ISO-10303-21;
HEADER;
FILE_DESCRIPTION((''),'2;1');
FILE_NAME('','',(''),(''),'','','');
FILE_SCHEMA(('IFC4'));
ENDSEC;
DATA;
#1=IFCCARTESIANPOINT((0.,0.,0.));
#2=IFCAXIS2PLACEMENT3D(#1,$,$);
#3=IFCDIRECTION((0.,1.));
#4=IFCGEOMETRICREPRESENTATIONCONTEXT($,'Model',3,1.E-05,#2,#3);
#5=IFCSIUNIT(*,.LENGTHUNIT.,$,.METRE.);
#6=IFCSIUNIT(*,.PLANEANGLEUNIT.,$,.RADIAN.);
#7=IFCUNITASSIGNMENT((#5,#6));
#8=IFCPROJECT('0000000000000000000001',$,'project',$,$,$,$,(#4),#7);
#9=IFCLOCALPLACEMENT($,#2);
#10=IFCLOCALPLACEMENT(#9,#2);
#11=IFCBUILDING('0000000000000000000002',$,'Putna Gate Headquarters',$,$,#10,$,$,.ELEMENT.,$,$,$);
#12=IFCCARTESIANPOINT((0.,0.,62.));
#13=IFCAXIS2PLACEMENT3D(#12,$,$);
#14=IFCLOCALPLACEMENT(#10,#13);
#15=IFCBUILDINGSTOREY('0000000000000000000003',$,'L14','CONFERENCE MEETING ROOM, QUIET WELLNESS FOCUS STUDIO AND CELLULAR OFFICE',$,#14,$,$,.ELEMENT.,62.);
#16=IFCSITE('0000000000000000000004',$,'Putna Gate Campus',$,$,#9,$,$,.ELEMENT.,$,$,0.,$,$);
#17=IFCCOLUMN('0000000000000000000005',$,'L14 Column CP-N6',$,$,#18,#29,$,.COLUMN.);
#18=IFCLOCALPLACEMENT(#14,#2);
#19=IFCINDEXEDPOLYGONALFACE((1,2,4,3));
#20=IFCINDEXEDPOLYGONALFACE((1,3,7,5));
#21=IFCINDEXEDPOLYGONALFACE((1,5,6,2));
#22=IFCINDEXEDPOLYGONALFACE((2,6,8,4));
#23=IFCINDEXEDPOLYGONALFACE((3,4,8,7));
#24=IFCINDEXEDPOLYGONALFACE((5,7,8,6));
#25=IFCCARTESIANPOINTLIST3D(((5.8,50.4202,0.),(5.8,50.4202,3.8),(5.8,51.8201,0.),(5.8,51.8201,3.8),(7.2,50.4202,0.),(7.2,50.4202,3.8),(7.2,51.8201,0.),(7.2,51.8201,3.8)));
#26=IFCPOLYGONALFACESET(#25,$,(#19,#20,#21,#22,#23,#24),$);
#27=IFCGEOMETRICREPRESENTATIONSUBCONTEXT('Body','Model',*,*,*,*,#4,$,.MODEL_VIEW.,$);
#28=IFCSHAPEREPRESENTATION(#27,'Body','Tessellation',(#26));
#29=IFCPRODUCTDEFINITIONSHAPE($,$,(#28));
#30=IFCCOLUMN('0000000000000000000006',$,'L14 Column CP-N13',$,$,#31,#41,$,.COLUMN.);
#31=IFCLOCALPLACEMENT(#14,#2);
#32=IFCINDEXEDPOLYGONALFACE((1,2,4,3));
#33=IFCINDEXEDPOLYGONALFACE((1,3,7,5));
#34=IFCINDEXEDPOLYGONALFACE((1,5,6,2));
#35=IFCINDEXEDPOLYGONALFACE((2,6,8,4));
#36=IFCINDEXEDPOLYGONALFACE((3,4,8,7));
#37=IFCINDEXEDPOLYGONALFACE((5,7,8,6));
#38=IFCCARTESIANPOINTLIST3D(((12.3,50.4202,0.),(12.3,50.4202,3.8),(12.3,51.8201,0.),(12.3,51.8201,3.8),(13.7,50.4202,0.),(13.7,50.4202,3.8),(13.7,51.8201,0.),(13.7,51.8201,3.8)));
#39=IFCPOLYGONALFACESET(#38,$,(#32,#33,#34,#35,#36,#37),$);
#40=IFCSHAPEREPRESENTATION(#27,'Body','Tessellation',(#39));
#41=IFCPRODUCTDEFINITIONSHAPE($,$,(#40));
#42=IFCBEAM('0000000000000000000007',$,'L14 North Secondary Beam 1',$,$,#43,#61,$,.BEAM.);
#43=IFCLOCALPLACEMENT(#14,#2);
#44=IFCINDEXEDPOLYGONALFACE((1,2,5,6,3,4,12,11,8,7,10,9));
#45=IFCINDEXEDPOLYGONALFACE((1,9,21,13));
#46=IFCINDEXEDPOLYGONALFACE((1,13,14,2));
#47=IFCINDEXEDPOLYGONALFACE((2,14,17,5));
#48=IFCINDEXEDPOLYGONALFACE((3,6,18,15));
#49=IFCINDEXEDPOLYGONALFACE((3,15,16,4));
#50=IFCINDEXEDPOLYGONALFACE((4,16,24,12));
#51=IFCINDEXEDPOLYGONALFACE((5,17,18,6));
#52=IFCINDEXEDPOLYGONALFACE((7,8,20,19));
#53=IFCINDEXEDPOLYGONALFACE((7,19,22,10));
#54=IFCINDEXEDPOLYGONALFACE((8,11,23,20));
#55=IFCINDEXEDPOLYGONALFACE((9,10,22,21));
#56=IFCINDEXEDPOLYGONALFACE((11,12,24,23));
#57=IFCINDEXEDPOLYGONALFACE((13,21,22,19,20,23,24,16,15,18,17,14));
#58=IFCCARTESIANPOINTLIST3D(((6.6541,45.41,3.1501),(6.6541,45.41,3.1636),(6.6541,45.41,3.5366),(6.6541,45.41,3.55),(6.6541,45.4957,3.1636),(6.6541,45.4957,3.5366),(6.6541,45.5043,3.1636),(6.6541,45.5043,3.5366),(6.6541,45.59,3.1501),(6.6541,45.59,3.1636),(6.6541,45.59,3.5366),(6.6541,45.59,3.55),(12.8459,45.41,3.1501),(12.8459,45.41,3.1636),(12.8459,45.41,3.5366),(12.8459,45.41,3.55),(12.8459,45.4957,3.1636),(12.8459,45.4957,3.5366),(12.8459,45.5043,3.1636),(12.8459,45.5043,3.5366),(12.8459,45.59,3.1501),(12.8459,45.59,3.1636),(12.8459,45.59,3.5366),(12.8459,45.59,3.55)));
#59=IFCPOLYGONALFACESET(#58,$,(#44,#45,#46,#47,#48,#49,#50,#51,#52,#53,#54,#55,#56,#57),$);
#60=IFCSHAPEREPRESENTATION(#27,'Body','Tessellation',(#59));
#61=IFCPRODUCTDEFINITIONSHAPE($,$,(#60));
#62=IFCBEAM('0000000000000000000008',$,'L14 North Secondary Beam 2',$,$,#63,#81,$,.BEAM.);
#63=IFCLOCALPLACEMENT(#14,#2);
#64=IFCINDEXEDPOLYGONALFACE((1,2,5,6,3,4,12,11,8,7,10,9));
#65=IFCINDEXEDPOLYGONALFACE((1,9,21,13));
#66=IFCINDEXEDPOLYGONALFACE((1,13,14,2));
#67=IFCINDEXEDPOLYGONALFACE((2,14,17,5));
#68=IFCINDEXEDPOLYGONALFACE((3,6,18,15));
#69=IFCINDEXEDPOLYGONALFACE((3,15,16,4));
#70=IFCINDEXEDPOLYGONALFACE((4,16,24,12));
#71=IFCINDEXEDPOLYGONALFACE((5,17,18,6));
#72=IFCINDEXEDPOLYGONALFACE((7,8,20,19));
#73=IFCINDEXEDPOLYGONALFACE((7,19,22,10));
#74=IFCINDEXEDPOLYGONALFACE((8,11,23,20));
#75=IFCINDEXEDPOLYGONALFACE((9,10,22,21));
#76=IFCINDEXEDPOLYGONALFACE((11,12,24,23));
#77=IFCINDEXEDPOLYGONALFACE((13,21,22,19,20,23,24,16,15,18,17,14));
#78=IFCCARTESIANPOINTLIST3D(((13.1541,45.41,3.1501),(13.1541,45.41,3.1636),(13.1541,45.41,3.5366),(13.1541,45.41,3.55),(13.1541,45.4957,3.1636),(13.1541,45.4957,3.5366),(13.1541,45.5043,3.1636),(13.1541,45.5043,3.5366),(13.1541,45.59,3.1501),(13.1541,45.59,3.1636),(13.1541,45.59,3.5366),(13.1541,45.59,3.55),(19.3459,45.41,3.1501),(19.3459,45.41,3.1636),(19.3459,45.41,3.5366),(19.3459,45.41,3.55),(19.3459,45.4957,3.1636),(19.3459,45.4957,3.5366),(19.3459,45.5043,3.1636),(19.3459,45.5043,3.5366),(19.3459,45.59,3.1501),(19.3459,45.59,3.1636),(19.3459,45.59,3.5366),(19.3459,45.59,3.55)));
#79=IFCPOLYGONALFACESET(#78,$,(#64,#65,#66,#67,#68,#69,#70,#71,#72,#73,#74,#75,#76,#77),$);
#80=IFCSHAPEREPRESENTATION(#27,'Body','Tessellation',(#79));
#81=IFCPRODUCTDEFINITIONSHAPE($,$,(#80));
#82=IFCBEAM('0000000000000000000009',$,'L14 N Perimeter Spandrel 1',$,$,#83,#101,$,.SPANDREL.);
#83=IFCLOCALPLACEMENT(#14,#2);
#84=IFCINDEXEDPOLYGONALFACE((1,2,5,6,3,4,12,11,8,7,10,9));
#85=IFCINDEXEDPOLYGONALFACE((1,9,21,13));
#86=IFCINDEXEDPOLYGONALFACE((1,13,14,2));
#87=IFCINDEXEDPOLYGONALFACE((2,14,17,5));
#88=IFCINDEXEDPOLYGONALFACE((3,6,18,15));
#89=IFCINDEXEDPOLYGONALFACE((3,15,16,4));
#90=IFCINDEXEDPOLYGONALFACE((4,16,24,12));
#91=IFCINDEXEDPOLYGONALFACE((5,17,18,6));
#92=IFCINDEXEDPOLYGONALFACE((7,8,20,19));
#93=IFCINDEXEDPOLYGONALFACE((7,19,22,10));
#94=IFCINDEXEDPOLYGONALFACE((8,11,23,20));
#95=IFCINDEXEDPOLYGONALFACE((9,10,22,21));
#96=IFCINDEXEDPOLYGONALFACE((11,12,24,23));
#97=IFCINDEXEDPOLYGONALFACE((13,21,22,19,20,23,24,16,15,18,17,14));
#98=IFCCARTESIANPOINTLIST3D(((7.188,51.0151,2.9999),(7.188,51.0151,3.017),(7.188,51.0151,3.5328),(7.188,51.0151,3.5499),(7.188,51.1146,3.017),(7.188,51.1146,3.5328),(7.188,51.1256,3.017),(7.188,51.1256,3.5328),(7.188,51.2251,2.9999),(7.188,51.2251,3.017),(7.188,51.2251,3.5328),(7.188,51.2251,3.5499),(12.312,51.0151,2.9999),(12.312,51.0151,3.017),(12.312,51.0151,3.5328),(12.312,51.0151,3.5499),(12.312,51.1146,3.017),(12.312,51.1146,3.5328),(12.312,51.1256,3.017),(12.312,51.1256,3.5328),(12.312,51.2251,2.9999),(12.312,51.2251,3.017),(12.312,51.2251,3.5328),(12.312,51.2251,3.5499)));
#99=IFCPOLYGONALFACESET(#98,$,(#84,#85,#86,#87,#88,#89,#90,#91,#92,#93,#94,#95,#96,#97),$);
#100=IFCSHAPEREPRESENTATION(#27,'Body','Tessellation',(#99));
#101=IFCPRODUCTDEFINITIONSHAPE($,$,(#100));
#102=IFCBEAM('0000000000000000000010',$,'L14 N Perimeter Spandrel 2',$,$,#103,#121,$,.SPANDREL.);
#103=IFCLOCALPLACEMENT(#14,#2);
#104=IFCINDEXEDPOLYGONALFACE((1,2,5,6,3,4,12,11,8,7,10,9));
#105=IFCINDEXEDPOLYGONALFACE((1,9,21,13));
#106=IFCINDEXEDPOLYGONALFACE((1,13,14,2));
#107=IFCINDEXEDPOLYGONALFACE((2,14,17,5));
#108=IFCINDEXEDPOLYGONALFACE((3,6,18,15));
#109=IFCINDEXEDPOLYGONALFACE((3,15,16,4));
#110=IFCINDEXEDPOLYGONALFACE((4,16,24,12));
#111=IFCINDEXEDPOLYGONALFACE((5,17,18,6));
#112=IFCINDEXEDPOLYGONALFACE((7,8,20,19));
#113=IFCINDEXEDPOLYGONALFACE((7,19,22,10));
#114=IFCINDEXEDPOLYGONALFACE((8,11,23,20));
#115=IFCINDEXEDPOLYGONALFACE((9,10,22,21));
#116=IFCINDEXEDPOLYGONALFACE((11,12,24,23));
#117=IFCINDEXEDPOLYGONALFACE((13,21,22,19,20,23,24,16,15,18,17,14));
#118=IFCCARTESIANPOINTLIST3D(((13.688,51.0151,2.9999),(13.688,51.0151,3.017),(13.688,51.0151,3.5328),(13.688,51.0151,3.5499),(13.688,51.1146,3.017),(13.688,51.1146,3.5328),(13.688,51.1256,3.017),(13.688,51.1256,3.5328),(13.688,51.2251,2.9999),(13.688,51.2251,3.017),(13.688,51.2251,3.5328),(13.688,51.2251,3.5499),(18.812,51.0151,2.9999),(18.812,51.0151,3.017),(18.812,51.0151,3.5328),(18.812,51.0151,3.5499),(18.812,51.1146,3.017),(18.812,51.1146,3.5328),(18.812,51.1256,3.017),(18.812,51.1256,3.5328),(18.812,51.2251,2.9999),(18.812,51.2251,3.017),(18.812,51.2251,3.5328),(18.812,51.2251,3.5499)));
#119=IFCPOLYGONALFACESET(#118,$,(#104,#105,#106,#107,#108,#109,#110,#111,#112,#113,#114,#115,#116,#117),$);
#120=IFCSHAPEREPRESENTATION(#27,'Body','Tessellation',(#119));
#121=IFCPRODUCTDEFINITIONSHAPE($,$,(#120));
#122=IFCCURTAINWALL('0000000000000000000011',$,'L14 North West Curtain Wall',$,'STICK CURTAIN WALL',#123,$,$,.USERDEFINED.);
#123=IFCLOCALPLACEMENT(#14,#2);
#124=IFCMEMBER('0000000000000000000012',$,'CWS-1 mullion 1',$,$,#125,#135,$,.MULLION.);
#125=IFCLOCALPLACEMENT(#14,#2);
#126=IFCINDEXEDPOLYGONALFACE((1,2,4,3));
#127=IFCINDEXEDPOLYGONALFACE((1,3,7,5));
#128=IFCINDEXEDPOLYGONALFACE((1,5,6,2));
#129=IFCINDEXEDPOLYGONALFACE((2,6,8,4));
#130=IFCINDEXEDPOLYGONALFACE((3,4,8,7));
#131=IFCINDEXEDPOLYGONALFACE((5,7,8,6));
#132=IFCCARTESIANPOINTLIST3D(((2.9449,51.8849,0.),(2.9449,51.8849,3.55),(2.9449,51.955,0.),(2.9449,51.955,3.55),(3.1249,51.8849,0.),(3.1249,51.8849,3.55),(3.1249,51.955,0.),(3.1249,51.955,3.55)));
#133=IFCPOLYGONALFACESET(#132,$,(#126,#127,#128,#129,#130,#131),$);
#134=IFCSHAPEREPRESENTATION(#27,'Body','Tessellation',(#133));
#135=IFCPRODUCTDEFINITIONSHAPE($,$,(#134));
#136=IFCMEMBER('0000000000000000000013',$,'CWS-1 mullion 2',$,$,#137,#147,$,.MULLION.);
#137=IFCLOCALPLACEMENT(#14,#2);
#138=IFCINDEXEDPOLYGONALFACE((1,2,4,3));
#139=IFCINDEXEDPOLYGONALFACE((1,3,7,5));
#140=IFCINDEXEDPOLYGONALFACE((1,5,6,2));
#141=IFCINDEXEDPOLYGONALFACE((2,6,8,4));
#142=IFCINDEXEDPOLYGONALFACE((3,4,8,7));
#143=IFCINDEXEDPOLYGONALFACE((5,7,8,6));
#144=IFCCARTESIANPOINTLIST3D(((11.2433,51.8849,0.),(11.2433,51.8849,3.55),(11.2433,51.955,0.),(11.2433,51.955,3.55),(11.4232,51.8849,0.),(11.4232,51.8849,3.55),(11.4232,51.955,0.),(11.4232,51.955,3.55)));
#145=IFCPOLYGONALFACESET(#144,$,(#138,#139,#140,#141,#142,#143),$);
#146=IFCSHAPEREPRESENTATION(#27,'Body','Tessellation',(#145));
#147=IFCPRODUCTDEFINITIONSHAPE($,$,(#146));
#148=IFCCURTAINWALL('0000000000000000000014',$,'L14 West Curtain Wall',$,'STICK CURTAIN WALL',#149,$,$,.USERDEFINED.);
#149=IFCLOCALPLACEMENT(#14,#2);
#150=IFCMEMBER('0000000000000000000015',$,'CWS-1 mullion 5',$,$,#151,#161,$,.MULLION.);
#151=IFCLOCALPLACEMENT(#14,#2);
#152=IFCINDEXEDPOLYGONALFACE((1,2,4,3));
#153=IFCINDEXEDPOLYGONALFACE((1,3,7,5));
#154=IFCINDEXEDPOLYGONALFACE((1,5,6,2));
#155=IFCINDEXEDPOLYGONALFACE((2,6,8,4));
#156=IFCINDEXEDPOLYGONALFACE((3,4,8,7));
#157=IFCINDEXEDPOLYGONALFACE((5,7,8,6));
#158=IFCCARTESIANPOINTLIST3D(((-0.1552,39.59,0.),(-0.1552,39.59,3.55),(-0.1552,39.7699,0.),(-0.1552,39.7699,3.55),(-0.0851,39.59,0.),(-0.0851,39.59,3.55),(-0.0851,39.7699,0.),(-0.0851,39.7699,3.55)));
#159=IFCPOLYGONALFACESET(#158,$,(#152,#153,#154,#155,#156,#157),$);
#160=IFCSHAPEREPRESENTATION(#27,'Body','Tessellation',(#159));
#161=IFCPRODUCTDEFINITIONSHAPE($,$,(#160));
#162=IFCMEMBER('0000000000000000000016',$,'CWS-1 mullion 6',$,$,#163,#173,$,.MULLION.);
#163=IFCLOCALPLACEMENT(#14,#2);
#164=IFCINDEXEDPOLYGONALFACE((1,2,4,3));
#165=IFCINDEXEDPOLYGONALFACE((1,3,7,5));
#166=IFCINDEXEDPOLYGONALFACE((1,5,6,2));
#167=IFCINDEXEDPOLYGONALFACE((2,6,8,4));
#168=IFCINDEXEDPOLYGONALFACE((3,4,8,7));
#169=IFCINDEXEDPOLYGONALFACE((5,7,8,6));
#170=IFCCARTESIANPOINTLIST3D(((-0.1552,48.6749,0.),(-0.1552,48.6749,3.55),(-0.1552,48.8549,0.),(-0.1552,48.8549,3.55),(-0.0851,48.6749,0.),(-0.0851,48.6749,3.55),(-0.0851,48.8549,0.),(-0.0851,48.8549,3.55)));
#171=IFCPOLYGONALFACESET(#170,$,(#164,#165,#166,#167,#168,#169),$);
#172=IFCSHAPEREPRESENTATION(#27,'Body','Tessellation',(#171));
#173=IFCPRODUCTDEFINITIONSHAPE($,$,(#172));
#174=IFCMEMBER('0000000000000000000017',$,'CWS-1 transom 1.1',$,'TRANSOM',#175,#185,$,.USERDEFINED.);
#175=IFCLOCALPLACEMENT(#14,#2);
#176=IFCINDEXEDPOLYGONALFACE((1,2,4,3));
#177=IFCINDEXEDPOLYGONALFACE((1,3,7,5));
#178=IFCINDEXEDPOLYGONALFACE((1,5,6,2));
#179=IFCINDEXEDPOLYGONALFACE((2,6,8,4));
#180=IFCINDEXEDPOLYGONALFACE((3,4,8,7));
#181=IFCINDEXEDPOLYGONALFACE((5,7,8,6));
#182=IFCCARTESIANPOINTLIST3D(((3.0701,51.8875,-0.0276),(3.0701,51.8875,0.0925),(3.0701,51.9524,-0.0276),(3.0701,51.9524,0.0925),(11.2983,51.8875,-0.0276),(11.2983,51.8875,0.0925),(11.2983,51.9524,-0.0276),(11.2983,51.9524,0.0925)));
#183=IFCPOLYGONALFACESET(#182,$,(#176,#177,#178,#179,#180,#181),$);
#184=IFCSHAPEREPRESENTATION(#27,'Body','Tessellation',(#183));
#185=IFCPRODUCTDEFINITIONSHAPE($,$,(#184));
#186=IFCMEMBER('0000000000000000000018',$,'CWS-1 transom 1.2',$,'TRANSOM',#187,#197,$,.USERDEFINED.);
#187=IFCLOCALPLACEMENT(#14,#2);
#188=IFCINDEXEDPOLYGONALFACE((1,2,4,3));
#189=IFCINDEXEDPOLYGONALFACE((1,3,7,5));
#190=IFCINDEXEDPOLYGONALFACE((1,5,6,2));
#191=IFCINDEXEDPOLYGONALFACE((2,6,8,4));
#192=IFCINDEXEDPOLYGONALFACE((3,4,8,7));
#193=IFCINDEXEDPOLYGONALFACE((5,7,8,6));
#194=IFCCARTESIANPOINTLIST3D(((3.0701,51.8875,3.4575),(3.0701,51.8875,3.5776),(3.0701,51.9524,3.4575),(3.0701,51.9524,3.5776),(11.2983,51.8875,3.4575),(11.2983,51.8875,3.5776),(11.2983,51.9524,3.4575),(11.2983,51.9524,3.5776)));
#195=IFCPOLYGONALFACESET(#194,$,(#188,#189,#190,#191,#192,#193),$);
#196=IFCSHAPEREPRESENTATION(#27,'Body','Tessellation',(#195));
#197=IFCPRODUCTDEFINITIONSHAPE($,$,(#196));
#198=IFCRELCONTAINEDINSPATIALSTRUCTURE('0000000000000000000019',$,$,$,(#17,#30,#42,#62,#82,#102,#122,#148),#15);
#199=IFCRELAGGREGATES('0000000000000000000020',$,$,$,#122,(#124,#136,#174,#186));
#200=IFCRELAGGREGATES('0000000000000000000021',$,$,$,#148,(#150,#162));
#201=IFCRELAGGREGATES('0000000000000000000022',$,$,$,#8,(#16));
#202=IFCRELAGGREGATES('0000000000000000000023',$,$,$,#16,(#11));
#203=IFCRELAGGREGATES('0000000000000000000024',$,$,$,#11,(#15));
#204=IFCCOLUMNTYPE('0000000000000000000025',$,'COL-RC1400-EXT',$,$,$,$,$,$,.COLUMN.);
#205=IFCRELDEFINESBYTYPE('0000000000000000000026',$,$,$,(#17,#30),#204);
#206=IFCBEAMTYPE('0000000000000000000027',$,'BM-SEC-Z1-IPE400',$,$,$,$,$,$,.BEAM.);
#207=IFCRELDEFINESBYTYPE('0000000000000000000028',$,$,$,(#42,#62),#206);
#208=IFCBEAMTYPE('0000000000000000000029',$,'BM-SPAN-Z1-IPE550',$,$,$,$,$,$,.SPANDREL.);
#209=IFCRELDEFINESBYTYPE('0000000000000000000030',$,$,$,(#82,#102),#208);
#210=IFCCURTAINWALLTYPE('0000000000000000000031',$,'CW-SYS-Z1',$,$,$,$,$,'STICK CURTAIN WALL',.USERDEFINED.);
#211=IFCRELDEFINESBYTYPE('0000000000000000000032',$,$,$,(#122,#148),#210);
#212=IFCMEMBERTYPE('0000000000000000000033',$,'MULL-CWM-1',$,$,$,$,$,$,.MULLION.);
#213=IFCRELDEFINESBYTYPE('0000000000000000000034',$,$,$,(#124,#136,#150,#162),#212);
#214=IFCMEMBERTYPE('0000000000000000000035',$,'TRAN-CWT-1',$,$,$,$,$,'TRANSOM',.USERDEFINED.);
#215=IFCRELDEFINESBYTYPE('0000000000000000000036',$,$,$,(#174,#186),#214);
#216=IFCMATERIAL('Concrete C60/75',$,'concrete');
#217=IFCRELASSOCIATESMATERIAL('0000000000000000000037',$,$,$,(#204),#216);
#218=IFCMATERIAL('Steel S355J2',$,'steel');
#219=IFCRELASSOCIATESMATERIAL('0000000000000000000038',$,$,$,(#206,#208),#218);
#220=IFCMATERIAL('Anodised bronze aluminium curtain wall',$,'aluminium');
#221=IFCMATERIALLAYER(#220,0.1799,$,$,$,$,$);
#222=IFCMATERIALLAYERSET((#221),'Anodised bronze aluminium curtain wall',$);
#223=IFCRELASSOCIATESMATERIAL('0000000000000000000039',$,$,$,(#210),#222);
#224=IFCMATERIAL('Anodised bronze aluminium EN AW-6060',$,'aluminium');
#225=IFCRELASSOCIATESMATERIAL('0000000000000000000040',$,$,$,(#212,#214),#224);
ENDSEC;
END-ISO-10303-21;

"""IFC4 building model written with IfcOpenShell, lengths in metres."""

from ifc_helpers import new_model, si_unit, direction, frame, origin, origin_2d, place, context, subcontext, project, spatial, rectangle, i_section, extrude, material, layer, layer_set, material_profile, profile_set, type_object, element, aggregate, save


model = new_model("IFC4")

# Units and contexts
model_context = context("Model", 3, precision=1e-05, world=origin(), true_north=direction((0.0, 1.0)))
body_context = subcontext(model_context, "Body", "Model", "MODEL_VIEW")
ifc_project = project(units=[si_unit("LENGTHUNIT", "METRE"), si_unit("PLANEANGLEUNIT", "RADIAN")], contexts=[model_context])

# Site, building, storey
site_placement = place(None, origin())
site = spatial("IfcSite", under=ifc_project, at=site_placement, Name="Putna Gate Campus", CompositionType="ELEMENT", RefElevation=0.0)
building_placement = place(site_placement, origin())
building = spatial("IfcBuilding", under=site, at=building_placement, Name="Putna Gate Headquarters", CompositionType="ELEMENT")
storey_placement = place(building_placement, frame((0.0, 0.0, 62.0)))
storey = spatial("IfcBuildingStorey", under=building, at=storey_placement, Name="L14", Description="CONFERENCE MEETING ROOM, QUIET WELLNESS FOCUS STUDIO AND CELLULAR OFFICE", CompositionType="ELEMENT", Elevation=62.0)

# Columns
ifc_material_1 = material(Name="Concrete C60/75", Category="concrete")
ifc_material_profile_1 = material_profile(ifc_material_1, rectangle(XDim=1.3999, YDim=1.3999, at=origin_2d()), Name="Concrete C60/75")
ifc_profile_set_1 = profile_set([ifc_material_profile_1], Name="Concrete C60/75")
column_type = type_object("IfcColumnType", Name="COL-RC1400-EXT", PredefinedType="COLUMN", material=ifc_profile_set_1)
for number, where, z_axis, x_axis, name in (
    (1, (6.5, 51.1201, 0.0), (0.0, 0.0, 1.0), (1.0, 0.0, 0.0), "L14 Column CP-N6"),
    (2, (13.0, 51.1201, 0.0), (0.0, 0.0, 1.0), (1.0, 0.0, 0.0), "L14 Column CP-N13"),
):
    element("IfcColumn", number, at=place(storey_placement, frame(where, z_axis=z_axis, x_axis=x_axis)), inside=storey, type_object=column_type, Name=name, PredefinedType="COLUMN", context=body_context, shape_type="SweptSolid", body=[
        extrude(rectangle(XDim=1.3999, YDim=1.3999, at=origin_2d()), origin(), (0.0, 0.0, 1.0), 3.8),
    ])

# Beams
ifc_material_2 = material(Name="Steel S355J2", Category="steel")
ifc_material_profile_2 = material_profile(ifc_material_2, i_section(OverallWidth=0.1799, OverallDepth=0.3999, WebThickness=0.0085, FlangeThickness=0.0134, at=origin_2d()), Name="Steel S355J2")
ifc_profile_set_2 = profile_set([ifc_material_profile_2], Name="Steel S355J2")
beam_type_1 = type_object("IfcBeamType", Name="BM-SEC-Z1-IPE400", PredefinedType="BEAM", material=ifc_profile_set_2)
for number, where, z_axis, x_axis, name in (
    (3, (6.6541, 45.5, 3.3501), (1.0, 0.0, 0.0), (0.0, 1.0, 0.0), "L14 North Secondary Beam 1"),
    (4, (13.1541, 45.5, 3.3501), (1.0, 0.0, 0.0), (0.0, 1.0, 0.0), "L14 North Secondary Beam 2"),
):
    element("IfcBeam", number, at=place(storey_placement, frame(where, z_axis=z_axis, x_axis=x_axis)), inside=storey, type_object=beam_type_1, Name=name, PredefinedType="BEAM", context=body_context, shape_type="SweptSolid", body=[
        extrude(i_section(OverallWidth=0.1799, OverallDepth=0.3999, WebThickness=0.0085, FlangeThickness=0.0134, at=origin_2d()), origin(), (0.0, 0.0, 1.0), 6.1919),
    ])
ifc_material_profile_3 = material_profile(ifc_material_2, i_section(OverallWidth=0.21, OverallDepth=0.55, WebThickness=0.011, FlangeThickness=0.0171, at=origin_2d()), Name="Steel S355J2")
ifc_profile_set_3 = profile_set([ifc_material_profile_3], Name="Steel S355J2")
beam_type_2 = type_object("IfcBeamType", Name="BM-SPAN-Z1-IPE550", PredefinedType="SPANDREL", material=ifc_profile_set_3)
for number, where, z_axis, x_axis, name in (
    (5, (7.188, 51.1201, 3.2749), (1.0, 0.0, 0.0), (0.0, 1.0, 0.0), "L14 N Perimeter Spandrel 1"),
    (6, (13.688, 51.1201, 3.2749), (1.0, 0.0, 0.0), (0.0, 1.0, 0.0), "L14 N Perimeter Spandrel 2"),
):
    element("IfcBeam", number, at=place(storey_placement, frame(where, z_axis=z_axis, x_axis=x_axis)), inside=storey, type_object=beam_type_2, Name=name, PredefinedType="SPANDREL", context=body_context, shape_type="SweptSolid", body=[
        extrude(i_section(OverallWidth=0.21, OverallDepth=0.55, WebThickness=0.011, FlangeThickness=0.0171, at=origin_2d()), origin(), (0.0, 0.0, 1.0), 5.124),
    ])

# Curtain walls, members
ifc_material_3 = material(Name="Anodised bronze aluminium curtain wall", Category="aluminium")
ifc_layer_1 = layer(ifc_material_3, 0.1799)
ifc_layer_set_1 = layer_set([ifc_layer_1], Name="Anodised bronze aluminium curtain wall")
curtain_wall_type = type_object("IfcCurtainWallType", Name="CW-SYS-Z1", ElementType="STICK CURTAIN WALL", PredefinedType="USERDEFINED", material=ifc_layer_set_1)
curtain_wall_1_placement = place(storey_placement, origin())
curtain_wall_1 = element("IfcCurtainWall", 7, at=curtain_wall_1_placement, inside=storey, type_object=curtain_wall_type, Name="L14 North West Curtain Wall", ObjectType="STICK CURTAIN WALL", PredefinedType="USERDEFINED")
ifc_material_4 = material(Name="Anodised bronze aluminium EN AW-6060", Category="aluminium")
ifc_material_profile_4 = material_profile(ifc_material_4, rectangle(XDim=0.0701, YDim=0.1799, at=origin_2d()), Name="Anodised bronze aluminium EN AW-6060")
ifc_profile_set_4 = profile_set([ifc_material_profile_4], Name="Anodised bronze aluminium EN AW-6060")
member_type_1 = type_object("IfcMemberType", Name="MULL-CWM-1", PredefinedType="MULLION", material=ifc_profile_set_4)
member_1_placement = place(storey_placement, frame((3.0349, 51.9199, 0.0), z_axis=(0.0, 0.0, 1.0), x_axis=(0.0, 1.0, 0.0)))
member_1 = element("IfcMember", 8, at=member_1_placement, type_object=member_type_1, Name="CWS-1 mullion 1", PredefinedType="MULLION", context=body_context, shape_type="SweptSolid", body=[
    extrude(rectangle(XDim=0.0701, YDim=0.1799, at=origin_2d()), origin(), (0.0, 0.0, 1.0), 3.55),
])
member_2_placement = place(storey_placement, frame((11.3333, 51.9199, 0.0), z_axis=(0.0, 0.0, 1.0), x_axis=(0.0, 1.0, 0.0)))
member_2 = element("IfcMember", 9, at=member_2_placement, type_object=member_type_1, Name="CWS-1 mullion 2", PredefinedType="MULLION", context=body_context, shape_type="SweptSolid", body=[
    extrude(rectangle(XDim=0.0701, YDim=0.1799, at=origin_2d()), origin(), (0.0, 0.0, 1.0), 3.55),
])
curtain_wall_2_placement = place(storey_placement, origin())
curtain_wall_2 = element("IfcCurtainWall", 10, at=curtain_wall_2_placement, inside=storey, type_object=curtain_wall_type, Name="L14 West Curtain Wall", ObjectType="STICK CURTAIN WALL", PredefinedType="USERDEFINED")
member_3_placement = place(storey_placement, frame((-0.1201, 39.6799, 0.0), z_axis=(0.0, 0.0, 1.0), x_axis=(-1.0, 0.0, 0.0)))
member_3 = element("IfcMember", 11, at=member_3_placement, type_object=member_type_1, Name="CWS-1 mullion 5", PredefinedType="MULLION", context=body_context, shape_type="SweptSolid", body=[
    extrude(rectangle(XDim=0.0701, YDim=0.1799, at=origin_2d()), origin(), (0.0, 0.0, 1.0), 3.55),
])
member_4_placement = place(storey_placement, frame((-0.1201, 48.7649, 0.0), z_axis=(0.0, 0.0, 1.0), x_axis=(-1.0, 0.0, 0.0)))
member_4 = element("IfcMember", 12, at=member_4_placement, type_object=member_type_1, Name="CWS-1 mullion 6", PredefinedType="MULLION", context=body_context, shape_type="SweptSolid", body=[
    extrude(rectangle(XDim=0.0701, YDim=0.1799, at=origin_2d()), origin(), (0.0, 0.0, 1.0), 3.55),
])

# Members
ifc_material_profile_5 = material_profile(ifc_material_4, rectangle(XDim=0.0649, YDim=0.1201, at=origin_2d()), Name="Anodised bronze aluminium EN AW-6060")
ifc_profile_set_5 = profile_set([ifc_material_profile_5], Name="Anodised bronze aluminium EN AW-6060")
member_type_2 = type_object("IfcMemberType", Name="TRAN-CWT-1", ElementType="TRANSOM", PredefinedType="USERDEFINED", material=ifc_profile_set_5)
member_5_placement = place(storey_placement, frame((3.0701, 51.9199, 0.0325), z_axis=(1.0, 0.0, 0.0), x_axis=(0.0, 1.0, 0.0)))
member_5 = element("IfcMember", 13, at=member_5_placement, type_object=member_type_2, Name="CWS-1 transom 1.1", ObjectType="TRANSOM", PredefinedType="USERDEFINED", context=body_context, shape_type="SweptSolid", body=[
    extrude(rectangle(XDim=0.0649, YDim=0.1201, at=origin_2d()), origin(), (0.0, 0.0, 1.0), 8.2283),
])
member_6_placement = place(storey_placement, frame((3.0701, 51.9199, 3.5176), z_axis=(1.0, 0.0, 0.0), x_axis=(0.0, 1.0, 0.0)))
member_6 = element("IfcMember", 14, at=member_6_placement, type_object=member_type_2, Name="CWS-1 transom 1.2", ObjectType="TRANSOM", PredefinedType="USERDEFINED", context=body_context, shape_type="SweptSolid", body=[
    extrude(rectangle(XDim=0.0649, YDim=0.1201, at=origin_2d()), origin(), (0.0, 0.0, 1.0), 8.2283),
])

aggregate(curtain_wall_1, [member_1, member_2, member_5, member_6])
aggregate(curtain_wall_2, [member_3, member_4])

save(model, "model.ifc")
